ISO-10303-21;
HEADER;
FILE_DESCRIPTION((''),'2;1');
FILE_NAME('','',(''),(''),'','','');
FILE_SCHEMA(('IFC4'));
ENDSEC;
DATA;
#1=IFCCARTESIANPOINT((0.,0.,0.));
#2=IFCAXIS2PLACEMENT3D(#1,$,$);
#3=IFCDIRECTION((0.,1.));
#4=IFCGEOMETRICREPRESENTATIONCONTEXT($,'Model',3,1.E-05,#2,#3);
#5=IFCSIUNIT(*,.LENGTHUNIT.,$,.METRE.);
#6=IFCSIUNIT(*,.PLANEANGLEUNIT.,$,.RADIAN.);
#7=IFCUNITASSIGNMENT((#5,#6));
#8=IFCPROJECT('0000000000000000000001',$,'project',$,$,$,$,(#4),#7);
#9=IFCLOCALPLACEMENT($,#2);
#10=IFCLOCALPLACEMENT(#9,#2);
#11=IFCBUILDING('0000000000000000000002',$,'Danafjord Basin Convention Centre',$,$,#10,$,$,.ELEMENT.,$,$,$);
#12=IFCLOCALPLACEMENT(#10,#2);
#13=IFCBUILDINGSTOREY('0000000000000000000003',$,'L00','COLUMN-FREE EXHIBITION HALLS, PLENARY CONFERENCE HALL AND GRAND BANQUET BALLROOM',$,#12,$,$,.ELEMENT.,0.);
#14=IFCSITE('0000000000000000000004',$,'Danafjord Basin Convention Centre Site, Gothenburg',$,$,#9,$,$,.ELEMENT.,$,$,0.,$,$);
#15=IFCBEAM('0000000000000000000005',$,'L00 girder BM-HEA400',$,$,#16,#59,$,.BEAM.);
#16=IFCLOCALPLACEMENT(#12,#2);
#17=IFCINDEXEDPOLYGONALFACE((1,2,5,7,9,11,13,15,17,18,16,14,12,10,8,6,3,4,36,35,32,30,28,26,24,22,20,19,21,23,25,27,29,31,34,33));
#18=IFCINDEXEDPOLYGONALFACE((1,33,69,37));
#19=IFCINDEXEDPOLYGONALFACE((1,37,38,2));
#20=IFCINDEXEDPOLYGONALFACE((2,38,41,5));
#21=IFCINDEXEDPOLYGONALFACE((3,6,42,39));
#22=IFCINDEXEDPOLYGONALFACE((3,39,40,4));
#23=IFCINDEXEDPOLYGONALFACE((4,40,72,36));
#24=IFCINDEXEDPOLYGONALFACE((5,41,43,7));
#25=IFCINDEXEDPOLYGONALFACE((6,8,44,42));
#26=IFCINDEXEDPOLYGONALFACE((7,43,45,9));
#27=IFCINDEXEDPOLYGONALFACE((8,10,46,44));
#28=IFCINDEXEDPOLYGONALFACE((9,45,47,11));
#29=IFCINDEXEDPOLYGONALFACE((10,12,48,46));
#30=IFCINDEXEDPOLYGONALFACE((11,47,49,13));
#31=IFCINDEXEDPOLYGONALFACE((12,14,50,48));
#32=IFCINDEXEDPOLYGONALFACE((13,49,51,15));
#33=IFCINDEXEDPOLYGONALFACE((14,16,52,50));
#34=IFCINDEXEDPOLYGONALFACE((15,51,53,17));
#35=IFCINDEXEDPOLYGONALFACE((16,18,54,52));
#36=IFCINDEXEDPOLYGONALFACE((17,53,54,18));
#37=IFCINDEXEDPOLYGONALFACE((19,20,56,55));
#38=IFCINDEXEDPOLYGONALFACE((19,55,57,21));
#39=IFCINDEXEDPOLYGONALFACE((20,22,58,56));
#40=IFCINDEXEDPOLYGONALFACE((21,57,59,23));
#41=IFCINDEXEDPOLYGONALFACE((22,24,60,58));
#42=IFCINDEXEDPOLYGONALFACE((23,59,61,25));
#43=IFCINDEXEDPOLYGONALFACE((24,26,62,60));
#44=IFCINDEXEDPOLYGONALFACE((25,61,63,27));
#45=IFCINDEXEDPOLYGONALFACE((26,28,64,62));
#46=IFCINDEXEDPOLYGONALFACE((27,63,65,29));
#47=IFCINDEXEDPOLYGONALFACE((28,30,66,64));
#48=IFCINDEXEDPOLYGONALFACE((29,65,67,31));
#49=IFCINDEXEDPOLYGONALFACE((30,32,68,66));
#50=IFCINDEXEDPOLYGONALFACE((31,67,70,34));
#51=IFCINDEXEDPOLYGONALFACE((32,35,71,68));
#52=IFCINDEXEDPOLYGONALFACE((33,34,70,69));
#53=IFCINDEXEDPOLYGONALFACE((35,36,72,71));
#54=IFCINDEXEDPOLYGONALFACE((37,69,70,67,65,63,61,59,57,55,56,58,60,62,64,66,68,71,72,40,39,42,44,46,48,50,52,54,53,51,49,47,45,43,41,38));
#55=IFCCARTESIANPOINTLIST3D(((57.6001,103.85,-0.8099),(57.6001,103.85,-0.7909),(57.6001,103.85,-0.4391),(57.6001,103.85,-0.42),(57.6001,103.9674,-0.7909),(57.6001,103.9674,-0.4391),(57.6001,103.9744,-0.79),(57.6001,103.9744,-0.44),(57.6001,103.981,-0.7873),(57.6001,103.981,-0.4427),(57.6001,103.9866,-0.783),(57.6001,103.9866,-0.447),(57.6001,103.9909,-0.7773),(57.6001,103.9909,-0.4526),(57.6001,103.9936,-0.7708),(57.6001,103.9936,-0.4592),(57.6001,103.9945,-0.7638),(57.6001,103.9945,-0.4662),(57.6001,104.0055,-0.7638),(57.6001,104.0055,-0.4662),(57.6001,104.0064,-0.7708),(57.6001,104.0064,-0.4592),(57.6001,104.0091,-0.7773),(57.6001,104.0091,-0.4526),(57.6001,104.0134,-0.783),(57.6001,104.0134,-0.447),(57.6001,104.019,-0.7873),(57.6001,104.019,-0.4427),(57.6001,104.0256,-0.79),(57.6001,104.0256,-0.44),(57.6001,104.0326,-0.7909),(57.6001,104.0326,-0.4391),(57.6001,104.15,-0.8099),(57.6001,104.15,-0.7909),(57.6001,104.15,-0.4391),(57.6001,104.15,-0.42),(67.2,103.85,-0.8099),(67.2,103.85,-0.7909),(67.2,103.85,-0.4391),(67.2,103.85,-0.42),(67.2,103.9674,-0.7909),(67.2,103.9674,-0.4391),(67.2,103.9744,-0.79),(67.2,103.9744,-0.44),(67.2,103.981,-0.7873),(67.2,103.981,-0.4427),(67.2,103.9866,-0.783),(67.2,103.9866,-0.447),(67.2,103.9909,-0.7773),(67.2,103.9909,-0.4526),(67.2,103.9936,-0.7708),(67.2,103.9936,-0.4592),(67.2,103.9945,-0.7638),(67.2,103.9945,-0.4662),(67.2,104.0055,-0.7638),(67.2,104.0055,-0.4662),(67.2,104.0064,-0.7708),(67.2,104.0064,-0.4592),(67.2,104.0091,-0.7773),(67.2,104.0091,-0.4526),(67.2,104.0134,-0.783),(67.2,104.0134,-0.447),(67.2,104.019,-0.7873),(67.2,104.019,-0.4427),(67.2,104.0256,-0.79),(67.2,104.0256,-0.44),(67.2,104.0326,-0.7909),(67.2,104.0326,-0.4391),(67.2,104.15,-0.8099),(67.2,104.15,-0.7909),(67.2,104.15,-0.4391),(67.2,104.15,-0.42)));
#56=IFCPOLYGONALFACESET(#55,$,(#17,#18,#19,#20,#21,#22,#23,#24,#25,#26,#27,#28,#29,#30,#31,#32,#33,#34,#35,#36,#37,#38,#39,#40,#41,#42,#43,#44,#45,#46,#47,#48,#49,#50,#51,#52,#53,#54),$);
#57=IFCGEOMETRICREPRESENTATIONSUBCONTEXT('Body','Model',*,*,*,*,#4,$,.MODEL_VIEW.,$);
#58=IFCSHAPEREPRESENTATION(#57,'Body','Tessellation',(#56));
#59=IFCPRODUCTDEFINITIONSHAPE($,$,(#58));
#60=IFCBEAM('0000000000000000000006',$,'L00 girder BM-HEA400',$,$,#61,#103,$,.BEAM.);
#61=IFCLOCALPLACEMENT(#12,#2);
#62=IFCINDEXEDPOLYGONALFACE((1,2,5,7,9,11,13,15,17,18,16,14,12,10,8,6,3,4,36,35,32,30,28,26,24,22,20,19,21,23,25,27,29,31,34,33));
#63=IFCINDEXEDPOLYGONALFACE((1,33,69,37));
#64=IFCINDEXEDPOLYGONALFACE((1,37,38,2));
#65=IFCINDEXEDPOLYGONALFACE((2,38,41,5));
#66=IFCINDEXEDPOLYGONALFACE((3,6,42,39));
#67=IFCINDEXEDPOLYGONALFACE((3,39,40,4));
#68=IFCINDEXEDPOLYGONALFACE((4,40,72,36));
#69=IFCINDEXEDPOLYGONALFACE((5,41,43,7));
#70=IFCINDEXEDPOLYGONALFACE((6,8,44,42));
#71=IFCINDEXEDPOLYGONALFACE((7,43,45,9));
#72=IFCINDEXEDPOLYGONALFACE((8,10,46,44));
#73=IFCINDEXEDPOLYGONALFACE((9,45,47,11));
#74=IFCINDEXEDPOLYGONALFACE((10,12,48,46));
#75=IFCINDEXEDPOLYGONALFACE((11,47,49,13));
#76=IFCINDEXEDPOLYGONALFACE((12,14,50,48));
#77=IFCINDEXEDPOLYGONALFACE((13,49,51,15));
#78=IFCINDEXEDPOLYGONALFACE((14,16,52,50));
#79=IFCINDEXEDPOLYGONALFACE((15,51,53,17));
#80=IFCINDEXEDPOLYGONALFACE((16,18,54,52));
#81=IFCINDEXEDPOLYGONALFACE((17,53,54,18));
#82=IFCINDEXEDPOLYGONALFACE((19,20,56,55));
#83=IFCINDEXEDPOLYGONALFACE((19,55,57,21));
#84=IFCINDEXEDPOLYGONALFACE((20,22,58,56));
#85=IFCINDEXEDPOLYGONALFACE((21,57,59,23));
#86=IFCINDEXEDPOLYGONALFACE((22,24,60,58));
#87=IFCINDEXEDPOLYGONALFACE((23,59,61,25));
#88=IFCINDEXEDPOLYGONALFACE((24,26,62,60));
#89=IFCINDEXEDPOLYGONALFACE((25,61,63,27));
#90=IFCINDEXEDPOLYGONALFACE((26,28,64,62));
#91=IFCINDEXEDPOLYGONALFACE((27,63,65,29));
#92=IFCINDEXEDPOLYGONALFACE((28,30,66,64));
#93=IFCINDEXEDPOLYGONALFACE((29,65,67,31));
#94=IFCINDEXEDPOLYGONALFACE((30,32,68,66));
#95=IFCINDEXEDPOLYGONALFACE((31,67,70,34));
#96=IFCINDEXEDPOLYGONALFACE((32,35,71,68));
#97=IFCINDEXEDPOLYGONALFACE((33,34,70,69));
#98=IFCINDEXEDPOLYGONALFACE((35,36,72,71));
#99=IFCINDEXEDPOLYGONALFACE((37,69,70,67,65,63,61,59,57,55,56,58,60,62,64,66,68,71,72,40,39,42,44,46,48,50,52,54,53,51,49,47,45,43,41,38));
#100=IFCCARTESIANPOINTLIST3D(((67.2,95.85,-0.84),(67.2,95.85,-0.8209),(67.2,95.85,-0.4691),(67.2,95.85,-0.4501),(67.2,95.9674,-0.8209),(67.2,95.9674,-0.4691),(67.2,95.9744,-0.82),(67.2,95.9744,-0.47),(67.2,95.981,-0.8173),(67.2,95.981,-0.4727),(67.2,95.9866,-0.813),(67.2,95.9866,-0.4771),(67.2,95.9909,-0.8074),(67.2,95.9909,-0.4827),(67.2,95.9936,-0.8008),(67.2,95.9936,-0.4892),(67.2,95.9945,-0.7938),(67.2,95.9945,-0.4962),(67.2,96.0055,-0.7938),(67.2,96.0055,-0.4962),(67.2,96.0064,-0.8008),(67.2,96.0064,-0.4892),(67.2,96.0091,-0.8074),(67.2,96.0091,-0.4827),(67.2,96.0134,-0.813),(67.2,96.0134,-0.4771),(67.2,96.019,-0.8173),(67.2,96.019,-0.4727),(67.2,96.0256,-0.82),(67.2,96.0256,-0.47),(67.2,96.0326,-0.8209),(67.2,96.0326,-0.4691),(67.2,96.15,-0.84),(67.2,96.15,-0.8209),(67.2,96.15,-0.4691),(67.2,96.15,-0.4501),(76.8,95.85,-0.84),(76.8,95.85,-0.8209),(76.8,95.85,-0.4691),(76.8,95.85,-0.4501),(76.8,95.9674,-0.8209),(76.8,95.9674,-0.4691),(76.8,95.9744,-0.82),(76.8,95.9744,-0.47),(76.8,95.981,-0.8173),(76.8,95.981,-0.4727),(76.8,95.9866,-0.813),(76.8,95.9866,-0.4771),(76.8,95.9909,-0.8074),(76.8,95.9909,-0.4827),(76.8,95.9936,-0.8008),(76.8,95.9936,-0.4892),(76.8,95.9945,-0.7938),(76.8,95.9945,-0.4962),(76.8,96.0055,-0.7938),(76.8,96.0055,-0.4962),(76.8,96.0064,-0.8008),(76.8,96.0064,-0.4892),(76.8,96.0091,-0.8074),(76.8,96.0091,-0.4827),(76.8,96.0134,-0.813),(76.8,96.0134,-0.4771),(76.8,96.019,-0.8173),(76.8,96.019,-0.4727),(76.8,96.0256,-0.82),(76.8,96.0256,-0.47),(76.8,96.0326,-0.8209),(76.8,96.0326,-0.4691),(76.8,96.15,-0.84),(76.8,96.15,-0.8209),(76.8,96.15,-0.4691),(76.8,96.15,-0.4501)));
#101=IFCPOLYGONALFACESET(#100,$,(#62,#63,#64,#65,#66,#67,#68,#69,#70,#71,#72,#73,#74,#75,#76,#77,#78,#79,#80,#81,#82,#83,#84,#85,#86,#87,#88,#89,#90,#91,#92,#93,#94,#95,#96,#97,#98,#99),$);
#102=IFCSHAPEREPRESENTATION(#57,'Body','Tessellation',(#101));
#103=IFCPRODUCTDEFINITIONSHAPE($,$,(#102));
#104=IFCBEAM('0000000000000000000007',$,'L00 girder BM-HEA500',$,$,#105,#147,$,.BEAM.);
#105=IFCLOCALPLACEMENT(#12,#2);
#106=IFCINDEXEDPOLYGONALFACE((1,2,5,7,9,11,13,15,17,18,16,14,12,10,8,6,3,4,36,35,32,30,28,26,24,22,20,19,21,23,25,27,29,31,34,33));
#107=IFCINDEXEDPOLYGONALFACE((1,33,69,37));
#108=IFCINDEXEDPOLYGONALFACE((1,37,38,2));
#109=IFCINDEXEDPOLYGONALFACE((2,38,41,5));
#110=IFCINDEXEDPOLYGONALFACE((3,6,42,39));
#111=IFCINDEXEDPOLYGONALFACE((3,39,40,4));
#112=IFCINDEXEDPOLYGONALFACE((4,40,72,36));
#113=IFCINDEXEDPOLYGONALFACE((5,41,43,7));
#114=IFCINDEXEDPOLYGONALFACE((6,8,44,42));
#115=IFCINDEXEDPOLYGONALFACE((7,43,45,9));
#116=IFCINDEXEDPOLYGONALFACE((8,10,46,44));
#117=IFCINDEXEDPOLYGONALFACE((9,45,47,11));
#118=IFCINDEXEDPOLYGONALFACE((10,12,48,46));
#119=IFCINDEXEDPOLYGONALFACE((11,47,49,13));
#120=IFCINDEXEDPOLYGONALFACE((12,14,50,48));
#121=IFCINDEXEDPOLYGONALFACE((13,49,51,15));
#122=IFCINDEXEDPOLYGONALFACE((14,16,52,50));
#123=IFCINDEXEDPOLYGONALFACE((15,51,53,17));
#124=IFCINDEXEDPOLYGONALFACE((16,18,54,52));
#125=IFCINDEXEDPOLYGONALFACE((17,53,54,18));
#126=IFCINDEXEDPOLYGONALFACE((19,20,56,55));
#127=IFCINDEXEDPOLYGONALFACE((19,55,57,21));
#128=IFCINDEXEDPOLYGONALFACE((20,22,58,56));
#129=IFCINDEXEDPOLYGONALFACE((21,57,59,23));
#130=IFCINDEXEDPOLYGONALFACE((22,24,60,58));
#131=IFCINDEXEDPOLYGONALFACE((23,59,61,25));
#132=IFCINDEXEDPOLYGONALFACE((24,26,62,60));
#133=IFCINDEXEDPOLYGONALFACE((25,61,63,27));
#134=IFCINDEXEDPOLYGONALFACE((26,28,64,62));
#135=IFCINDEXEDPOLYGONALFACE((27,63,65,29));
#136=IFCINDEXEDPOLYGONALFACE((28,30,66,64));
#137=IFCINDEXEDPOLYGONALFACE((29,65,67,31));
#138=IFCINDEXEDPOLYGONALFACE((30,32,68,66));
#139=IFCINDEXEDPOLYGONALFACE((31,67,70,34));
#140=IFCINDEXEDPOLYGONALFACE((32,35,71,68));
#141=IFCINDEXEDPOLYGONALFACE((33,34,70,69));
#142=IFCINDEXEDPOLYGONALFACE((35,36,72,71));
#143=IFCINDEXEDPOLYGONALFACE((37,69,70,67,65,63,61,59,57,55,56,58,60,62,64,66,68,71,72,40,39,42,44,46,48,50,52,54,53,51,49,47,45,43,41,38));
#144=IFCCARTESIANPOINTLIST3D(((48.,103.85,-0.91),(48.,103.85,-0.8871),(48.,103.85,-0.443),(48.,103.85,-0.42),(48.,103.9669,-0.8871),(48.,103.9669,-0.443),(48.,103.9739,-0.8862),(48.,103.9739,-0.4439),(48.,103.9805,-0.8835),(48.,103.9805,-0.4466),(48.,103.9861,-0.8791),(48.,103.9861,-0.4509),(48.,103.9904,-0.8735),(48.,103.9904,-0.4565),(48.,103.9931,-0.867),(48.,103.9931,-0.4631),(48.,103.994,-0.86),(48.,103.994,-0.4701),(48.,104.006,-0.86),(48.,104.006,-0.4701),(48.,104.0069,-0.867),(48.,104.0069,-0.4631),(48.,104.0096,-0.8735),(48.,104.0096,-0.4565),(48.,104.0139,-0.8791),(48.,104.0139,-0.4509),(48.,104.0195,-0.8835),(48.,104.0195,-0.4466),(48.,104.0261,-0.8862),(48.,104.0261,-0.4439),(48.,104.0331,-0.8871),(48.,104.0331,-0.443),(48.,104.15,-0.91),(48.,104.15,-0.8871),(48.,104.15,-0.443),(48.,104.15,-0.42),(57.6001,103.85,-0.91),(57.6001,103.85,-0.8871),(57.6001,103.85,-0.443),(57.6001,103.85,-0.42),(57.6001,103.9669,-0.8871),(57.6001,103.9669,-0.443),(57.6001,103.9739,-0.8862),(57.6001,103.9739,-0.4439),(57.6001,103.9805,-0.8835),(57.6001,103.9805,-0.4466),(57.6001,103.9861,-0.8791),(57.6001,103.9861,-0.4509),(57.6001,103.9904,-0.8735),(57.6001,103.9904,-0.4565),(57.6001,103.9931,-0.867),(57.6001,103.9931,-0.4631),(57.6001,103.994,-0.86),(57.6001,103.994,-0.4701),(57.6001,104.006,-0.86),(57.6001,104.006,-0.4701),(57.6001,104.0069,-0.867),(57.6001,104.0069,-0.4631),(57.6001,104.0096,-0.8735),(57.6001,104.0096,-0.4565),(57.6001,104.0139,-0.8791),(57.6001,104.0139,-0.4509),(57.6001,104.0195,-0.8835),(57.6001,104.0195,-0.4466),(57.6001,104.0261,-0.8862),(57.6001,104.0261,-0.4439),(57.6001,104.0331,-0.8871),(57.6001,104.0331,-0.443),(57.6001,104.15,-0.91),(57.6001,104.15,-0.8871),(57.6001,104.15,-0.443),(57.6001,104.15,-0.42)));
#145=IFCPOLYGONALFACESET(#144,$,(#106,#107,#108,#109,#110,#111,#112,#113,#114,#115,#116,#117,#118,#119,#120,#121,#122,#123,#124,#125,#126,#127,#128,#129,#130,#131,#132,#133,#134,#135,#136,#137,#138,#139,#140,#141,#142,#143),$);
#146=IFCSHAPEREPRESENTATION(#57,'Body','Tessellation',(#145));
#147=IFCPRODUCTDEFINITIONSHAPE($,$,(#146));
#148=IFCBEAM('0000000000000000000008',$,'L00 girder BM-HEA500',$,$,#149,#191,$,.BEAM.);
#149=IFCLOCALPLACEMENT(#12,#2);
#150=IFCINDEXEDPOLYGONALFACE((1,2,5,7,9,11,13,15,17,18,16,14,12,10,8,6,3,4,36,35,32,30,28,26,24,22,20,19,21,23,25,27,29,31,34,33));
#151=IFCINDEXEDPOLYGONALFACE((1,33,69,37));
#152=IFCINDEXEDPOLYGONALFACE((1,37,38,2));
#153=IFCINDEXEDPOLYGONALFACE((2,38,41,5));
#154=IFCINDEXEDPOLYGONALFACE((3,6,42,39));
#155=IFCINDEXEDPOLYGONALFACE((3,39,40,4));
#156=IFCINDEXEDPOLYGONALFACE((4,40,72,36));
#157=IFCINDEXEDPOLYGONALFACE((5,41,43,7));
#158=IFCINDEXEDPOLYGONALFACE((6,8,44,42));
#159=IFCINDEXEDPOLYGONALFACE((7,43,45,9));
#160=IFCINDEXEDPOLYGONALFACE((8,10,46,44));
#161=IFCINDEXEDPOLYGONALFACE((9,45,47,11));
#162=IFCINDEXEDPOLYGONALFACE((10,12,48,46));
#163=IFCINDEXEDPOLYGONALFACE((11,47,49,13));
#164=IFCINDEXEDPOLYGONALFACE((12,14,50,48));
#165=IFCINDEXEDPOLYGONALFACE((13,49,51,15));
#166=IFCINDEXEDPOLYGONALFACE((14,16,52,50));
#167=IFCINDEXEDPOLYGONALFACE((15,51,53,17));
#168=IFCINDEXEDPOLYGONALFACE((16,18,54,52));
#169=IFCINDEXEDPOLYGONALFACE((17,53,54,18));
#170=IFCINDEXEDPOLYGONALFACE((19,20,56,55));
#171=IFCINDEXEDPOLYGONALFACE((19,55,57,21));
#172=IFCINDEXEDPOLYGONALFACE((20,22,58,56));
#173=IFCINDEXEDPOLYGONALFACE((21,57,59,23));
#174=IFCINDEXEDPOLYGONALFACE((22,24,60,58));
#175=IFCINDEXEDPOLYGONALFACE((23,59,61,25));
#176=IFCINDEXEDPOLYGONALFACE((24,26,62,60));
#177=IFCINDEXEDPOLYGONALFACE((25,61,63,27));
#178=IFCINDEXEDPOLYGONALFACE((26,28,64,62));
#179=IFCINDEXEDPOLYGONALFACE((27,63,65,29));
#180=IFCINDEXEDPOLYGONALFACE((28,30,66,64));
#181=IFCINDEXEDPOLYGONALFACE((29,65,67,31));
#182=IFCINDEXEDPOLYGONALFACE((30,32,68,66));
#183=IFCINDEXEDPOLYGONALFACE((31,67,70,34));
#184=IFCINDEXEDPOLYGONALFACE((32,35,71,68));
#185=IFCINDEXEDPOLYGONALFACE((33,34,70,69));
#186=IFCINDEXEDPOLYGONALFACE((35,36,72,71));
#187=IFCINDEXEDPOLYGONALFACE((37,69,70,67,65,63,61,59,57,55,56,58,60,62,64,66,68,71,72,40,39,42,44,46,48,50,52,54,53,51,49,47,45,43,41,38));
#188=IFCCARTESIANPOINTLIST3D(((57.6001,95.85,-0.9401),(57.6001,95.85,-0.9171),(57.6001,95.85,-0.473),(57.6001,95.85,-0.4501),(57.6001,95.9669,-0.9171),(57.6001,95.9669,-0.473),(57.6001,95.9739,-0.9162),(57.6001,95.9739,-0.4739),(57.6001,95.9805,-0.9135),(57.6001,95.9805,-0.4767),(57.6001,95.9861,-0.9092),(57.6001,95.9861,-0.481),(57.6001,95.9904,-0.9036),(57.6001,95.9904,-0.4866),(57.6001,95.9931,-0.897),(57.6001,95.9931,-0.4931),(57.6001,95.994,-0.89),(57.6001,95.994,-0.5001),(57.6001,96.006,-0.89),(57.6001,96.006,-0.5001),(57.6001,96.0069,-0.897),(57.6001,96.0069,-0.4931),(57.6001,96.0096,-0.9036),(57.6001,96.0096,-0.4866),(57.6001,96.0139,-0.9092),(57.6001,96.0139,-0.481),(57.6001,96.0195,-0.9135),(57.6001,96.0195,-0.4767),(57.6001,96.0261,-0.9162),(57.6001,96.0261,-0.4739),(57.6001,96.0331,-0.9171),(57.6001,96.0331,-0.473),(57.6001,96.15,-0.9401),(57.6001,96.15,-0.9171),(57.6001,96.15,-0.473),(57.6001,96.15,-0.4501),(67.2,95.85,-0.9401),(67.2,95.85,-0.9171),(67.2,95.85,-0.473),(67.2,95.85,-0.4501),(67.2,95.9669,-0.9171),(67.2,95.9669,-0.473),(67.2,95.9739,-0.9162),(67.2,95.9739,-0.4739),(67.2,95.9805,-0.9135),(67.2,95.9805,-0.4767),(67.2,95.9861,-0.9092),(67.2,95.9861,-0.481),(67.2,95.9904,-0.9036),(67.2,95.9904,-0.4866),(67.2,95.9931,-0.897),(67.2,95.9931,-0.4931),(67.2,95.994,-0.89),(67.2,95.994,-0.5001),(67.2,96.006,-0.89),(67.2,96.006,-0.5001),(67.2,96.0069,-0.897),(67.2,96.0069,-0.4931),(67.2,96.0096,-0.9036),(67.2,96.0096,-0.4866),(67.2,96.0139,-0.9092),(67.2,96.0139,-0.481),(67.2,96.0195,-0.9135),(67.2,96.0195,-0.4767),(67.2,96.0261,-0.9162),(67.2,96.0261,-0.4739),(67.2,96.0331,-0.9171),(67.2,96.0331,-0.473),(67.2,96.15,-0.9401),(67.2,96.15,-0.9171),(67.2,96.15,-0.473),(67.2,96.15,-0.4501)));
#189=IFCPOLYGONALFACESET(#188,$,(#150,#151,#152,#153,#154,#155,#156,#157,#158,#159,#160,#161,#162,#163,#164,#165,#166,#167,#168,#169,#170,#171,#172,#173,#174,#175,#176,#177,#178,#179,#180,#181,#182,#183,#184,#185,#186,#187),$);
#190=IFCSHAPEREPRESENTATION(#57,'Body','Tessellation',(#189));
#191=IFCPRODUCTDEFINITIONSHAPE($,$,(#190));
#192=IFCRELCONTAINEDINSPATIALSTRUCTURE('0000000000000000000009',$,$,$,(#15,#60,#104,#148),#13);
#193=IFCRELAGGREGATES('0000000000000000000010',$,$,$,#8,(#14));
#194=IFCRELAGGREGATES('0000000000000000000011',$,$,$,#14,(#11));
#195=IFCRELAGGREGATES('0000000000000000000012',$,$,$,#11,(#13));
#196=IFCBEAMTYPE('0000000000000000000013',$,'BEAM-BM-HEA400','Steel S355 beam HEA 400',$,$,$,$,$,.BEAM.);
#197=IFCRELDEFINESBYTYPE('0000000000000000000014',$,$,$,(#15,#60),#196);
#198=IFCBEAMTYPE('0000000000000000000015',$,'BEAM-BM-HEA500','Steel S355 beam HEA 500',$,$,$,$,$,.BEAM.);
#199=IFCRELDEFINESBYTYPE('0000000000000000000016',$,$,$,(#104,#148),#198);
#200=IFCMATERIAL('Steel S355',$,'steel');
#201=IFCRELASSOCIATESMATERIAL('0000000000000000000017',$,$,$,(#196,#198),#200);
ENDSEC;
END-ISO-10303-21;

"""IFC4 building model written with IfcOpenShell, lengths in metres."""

from ifc_helpers import new_model, si_unit, direction, frame, origin, origin_2d, place, context, subcontext, project, spatial, i_section, extrude, material, material_profile, profile_set, type_object, element, save


model = new_model("IFC4")

# Units and contexts
model_context = context("Model", 3, precision=1e-05, world=origin(), true_north=direction((0.0, 1.0)))
body_context = subcontext(model_context, "Body", "Model", "MODEL_VIEW")
ifc_project = project(units=[si_unit("LENGTHUNIT", "METRE"), si_unit("PLANEANGLEUNIT", "RADIAN")], contexts=[model_context])

# Site, building, storey
site_placement = place(None, origin())
site = spatial("IfcSite", under=ifc_project, at=site_placement, Name="Danafjord Basin Convention Centre Site, Gothenburg", CompositionType="ELEMENT", RefElevation=0.0)
building_placement = place(site_placement, origin())
building = spatial("IfcBuilding", under=site, at=building_placement, Name="Danafjord Basin Convention Centre", CompositionType="ELEMENT")
storey_placement = place(building_placement, origin())
storey = spatial("IfcBuildingStorey", under=building, at=storey_placement, Name="L00", Description="COLUMN-FREE EXHIBITION HALLS, PLENARY CONFERENCE HALL AND GRAND BANQUET BALLROOM", CompositionType="ELEMENT", Elevation=0.0)

# Beams
ifc_material_1 = material(Name="Steel S355", Category="steel")
ifc_material_profile_1 = material_profile(ifc_material_1, i_section(OverallWidth=0.3, OverallDepth=0.3899, WebThickness=0.011, FlangeThickness=0.019, FilletRadius=0.0271, at=origin_2d()), Name="HEA 400")
ifc_profile_set_1 = profile_set([ifc_material_profile_1], Name="Steel S355")
beam_type_1 = type_object("IfcBeamType", Name="BEAM-BM-HEA400", Description="Steel S355 beam HEA 400", PredefinedType="BEAM", material=ifc_profile_set_1)
beam_1_placement = place(storey_placement, frame((57.6001, 104.0, -0.615), z_axis=(1.0, 0.0, 0.0), x_axis=(0.0, 1.0, 0.0)))
element("IfcBeam", 1, at=beam_1_placement, inside=storey, type_object=beam_type_1, Name="L00 girder BM-HEA400", PredefinedType="BEAM", context=body_context, shape_type="SweptSolid", body=[
    extrude(i_section(OverallWidth=0.3, OverallDepth=0.3899, WebThickness=0.011, FlangeThickness=0.019, FilletRadius=0.0271, at=origin_2d()), origin(), (0.0, 0.0, 1.0), 9.5999),
])
beam_2_placement = place(storey_placement, frame((67.2, 96.0, -0.645), z_axis=(1.0, 0.0, 0.0), x_axis=(0.0, 1.0, 0.0)))
element("IfcBeam", 2, at=beam_2_placement, inside=storey, type_object=beam_type_1, Name="L00 girder BM-HEA400", PredefinedType="BEAM", context=body_context, shape_type="SweptSolid", body=[
    extrude(i_section(OverallWidth=0.3, OverallDepth=0.3899, WebThickness=0.011, FlangeThickness=0.019, FilletRadius=0.0271, at=origin_2d()), origin(), (0.0, 0.0, 1.0), 9.6001),
])
ifc_material_profile_2 = material_profile(ifc_material_1, i_section(OverallWidth=0.3, OverallDepth=0.49, WebThickness=0.012, FlangeThickness=0.0229, FilletRadius=0.0271, at=origin_2d()), Name="HEA 500")
ifc_profile_set_2 = profile_set([ifc_material_profile_2], Name="Steel S355")
beam_type_2 = type_object("IfcBeamType", Name="BEAM-BM-HEA500", Description="Steel S355 beam HEA 500", PredefinedType="BEAM", material=ifc_profile_set_2)
beam_3_placement = place(storey_placement, frame((48.0, 104.0, -0.665), z_axis=(1.0, 0.0, 0.0), x_axis=(0.0, 1.0, 0.0)))
element("IfcBeam", 3, at=beam_3_placement, inside=storey, type_object=beam_type_2, Name="L00 girder BM-HEA500", PredefinedType="BEAM", context=body_context, shape_type="SweptSolid", body=[
    extrude(i_section(OverallWidth=0.3, OverallDepth=0.49, WebThickness=0.012, FlangeThickness=0.0229, FilletRadius=0.0271, at=origin_2d()), origin(), (0.0, 0.0, 1.0), 9.6001),
])
beam_4_placement = place(storey_placement, frame((57.6001, 96.0, -0.6951), z_axis=(1.0, 0.0, 0.0), x_axis=(0.0, 1.0, 0.0)))
element("IfcBeam", 4, at=beam_4_placement, inside=storey, type_object=beam_type_2, Name="L00 girder BM-HEA500", PredefinedType="BEAM", context=body_context, shape_type="SweptSolid", body=[
    extrude(i_section(OverallWidth=0.3, OverallDepth=0.49, WebThickness=0.012, FlangeThickness=0.0229, FilletRadius=0.0271, at=origin_2d()), origin(), (0.0, 0.0, 1.0), 9.5999),
])

save(model, "model.ifc")
